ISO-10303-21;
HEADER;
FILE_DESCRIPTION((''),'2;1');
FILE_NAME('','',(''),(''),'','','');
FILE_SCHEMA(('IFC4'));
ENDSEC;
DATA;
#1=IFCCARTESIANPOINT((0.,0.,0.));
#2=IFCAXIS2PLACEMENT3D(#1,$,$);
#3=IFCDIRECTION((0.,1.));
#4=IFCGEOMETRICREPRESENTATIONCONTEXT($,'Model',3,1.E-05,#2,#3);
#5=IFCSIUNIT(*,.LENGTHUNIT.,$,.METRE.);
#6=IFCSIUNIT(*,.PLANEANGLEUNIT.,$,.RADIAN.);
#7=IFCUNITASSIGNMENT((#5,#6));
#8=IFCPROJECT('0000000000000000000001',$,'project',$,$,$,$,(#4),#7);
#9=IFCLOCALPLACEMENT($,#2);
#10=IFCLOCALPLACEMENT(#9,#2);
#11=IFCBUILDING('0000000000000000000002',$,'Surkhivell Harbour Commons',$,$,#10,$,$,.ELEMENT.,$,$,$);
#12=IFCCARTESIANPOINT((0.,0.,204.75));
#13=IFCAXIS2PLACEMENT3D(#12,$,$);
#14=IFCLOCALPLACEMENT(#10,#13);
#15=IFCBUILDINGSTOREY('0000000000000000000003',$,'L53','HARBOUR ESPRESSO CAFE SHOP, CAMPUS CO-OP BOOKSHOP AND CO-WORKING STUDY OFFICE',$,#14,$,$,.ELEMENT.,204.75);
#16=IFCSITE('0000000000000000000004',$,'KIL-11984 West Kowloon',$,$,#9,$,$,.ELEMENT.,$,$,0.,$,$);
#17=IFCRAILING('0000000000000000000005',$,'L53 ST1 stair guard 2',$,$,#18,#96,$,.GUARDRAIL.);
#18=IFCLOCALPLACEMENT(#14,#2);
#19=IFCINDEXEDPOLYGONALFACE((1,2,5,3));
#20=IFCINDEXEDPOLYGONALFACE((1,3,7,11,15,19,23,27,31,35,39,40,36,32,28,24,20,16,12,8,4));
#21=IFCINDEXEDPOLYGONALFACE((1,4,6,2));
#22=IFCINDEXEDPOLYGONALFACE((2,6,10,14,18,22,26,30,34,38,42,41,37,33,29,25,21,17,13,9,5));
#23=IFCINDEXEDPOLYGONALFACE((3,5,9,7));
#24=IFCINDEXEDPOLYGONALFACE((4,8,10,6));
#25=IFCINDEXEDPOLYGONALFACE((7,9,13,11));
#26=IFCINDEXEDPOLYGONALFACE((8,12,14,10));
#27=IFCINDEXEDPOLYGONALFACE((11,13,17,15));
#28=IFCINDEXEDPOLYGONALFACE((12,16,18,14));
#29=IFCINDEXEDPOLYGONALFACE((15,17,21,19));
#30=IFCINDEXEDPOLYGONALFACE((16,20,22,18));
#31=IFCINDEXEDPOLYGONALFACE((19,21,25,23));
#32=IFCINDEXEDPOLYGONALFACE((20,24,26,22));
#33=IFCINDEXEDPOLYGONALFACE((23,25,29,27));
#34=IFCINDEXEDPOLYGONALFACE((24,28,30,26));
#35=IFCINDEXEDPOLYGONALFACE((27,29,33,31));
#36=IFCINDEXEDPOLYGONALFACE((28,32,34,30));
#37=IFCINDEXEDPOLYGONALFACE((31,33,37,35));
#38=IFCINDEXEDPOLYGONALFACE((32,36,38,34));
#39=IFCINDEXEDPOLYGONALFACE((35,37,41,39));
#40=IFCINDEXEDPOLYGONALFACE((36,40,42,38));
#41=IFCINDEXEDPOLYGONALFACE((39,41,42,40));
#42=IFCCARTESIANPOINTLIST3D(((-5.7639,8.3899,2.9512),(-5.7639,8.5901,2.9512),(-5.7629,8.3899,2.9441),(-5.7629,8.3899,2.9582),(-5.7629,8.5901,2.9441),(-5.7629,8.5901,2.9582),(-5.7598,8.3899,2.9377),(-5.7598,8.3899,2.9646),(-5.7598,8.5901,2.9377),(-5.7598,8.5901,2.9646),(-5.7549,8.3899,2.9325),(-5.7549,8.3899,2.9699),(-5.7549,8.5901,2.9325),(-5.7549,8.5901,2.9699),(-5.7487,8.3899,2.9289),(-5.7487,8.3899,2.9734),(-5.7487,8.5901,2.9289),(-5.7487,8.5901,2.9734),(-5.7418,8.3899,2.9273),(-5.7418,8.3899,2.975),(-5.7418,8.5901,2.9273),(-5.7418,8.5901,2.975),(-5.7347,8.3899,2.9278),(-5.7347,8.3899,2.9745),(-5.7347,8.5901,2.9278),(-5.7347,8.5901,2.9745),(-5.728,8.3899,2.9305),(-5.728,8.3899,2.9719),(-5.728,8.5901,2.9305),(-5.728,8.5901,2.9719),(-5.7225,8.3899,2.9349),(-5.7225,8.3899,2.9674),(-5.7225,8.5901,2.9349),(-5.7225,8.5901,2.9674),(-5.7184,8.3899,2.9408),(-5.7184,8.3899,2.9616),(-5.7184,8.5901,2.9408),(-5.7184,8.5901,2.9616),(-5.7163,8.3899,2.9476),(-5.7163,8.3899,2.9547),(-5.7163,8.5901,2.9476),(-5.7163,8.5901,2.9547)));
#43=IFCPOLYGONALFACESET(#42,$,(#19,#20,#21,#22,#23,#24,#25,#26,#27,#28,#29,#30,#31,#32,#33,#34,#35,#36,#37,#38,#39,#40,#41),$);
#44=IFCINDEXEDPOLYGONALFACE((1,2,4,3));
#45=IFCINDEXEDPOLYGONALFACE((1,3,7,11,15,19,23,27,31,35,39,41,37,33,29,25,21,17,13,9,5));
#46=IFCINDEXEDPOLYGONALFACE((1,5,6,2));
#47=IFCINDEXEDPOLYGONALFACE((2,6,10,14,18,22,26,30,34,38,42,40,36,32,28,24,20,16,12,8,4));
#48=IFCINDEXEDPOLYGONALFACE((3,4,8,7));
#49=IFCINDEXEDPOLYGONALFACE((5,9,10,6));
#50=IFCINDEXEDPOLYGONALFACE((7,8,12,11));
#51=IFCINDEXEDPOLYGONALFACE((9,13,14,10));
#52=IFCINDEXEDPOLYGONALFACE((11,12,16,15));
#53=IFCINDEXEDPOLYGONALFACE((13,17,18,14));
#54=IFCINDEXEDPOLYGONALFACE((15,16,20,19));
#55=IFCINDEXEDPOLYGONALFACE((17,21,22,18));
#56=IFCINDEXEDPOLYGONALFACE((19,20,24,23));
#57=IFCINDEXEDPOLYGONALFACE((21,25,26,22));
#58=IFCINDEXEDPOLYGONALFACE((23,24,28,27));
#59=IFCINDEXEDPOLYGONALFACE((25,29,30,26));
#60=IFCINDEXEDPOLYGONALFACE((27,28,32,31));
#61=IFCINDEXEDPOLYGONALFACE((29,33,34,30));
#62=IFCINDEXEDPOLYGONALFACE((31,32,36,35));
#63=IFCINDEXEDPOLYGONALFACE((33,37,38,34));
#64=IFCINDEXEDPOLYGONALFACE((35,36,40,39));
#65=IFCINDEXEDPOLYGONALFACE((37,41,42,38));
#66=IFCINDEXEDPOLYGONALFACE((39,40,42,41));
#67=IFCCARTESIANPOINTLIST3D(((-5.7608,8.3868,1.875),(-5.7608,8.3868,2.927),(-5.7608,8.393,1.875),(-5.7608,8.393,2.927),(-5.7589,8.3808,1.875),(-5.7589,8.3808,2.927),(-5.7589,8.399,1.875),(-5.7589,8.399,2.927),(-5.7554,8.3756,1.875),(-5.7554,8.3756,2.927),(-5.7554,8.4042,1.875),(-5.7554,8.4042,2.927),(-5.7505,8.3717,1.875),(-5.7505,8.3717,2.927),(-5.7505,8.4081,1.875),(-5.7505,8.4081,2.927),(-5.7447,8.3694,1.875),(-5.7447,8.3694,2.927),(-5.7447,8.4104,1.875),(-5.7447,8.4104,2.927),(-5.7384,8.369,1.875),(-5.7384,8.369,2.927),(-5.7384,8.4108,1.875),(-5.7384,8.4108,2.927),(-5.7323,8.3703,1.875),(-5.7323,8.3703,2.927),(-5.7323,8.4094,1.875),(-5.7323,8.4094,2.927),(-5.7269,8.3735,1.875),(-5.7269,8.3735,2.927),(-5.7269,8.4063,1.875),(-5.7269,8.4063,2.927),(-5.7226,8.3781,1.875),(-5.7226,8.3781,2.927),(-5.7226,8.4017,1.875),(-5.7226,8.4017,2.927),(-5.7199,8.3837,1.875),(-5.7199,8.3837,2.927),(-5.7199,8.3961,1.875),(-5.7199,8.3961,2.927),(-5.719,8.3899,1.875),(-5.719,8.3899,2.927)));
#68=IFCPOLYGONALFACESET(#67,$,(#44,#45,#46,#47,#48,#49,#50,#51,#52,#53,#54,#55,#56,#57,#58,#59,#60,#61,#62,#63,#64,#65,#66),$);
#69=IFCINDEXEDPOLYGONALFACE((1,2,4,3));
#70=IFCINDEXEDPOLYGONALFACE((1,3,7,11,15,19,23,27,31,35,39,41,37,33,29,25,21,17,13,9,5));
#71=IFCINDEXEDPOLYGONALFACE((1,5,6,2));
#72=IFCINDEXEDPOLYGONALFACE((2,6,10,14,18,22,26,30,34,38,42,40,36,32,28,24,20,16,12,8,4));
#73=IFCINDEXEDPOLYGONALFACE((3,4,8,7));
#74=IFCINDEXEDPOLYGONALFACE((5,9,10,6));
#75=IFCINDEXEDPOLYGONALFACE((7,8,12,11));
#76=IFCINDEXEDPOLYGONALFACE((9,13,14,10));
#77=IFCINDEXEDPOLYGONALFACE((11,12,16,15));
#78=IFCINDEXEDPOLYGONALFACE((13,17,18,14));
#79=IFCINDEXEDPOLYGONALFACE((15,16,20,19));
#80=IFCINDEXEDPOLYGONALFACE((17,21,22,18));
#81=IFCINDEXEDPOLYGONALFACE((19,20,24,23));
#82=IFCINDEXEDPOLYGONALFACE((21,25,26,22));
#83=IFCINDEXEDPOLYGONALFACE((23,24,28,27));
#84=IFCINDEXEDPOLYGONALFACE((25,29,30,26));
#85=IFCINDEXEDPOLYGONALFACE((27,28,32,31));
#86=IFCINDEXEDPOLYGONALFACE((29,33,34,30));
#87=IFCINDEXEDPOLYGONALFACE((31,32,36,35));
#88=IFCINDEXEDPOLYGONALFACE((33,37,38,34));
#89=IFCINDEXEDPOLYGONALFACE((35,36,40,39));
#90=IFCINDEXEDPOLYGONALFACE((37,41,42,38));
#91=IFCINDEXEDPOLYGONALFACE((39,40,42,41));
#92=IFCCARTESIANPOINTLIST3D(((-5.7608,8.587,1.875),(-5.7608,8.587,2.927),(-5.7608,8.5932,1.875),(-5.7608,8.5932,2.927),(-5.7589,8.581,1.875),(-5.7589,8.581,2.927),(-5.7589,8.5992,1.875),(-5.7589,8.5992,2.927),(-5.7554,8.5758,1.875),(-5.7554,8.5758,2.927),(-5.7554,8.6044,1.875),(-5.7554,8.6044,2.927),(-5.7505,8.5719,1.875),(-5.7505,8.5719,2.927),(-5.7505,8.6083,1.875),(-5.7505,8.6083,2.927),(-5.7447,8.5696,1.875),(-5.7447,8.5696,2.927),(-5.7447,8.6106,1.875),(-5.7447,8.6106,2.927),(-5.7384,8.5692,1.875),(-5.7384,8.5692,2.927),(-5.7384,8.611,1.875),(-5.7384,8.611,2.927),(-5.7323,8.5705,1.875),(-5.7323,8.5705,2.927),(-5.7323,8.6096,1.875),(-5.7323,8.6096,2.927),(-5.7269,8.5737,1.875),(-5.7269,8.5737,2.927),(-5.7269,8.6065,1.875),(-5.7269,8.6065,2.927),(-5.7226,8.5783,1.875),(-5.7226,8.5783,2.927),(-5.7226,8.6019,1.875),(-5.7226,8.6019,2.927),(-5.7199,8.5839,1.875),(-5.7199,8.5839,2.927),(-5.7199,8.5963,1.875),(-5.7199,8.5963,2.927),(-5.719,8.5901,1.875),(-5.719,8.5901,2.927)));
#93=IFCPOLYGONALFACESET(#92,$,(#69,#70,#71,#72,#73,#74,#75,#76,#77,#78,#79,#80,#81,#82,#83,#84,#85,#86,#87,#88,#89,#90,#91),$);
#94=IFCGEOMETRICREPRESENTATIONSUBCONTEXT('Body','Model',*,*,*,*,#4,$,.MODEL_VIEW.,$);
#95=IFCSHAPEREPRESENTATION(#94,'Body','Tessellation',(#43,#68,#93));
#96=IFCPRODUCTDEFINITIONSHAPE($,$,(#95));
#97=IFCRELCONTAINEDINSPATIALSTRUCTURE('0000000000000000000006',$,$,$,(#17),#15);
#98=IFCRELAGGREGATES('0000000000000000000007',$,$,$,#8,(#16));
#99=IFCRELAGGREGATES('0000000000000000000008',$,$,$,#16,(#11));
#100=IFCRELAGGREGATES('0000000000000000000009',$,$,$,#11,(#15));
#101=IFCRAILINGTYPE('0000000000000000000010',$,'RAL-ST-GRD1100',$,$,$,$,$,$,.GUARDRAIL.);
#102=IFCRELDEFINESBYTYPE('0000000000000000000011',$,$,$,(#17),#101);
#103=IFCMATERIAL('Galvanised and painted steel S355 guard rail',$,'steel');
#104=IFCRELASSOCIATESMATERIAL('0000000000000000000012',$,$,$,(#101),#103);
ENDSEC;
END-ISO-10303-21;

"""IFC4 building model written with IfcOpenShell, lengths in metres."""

from ifc_helpers import new_model, si_unit, direction, frame, origin, origin_2d, place, context, subcontext, project, spatial, circle, extrude, material, type_object, element, save


model = new_model("IFC4")

# Units and contexts
model_context = context("Model", 3, precision=1e-05, world=origin(), true_north=direction((0.0, 1.0)))
body_context = subcontext(model_context, "Body", "Model", "MODEL_VIEW")
ifc_project = project(units=[si_unit("LENGTHUNIT", "METRE"), si_unit("PLANEANGLEUNIT", "RADIAN")], contexts=[model_context])

# Site, building, storey
site_placement = place(None, origin())
site = spatial("IfcSite", under=ifc_project, at=site_placement, Name="KIL-11984 West Kowloon", CompositionType="ELEMENT", RefElevation=0.0)
building_placement = place(site_placement, origin())
building = spatial("IfcBuilding", under=site, at=building_placement, Name="Surkhivell Harbour Commons", CompositionType="ELEMENT")
storey_placement = place(building_placement, frame((0.0, 0.0, 204.75)))
storey = spatial("IfcBuildingStorey", under=building, at=storey_placement, Name="L53", Description="HARBOUR ESPRESSO CAFE SHOP, CAMPUS CO-OP BOOKSHOP AND CO-WORKING STUDY OFFICE", CompositionType="ELEMENT", Elevation=204.75)

# Railing
ifc_material_1 = material(Name="Galvanised and painted steel S355 guard rail", Category="steel")
railing_type_1 = type_object("IfcRailingType", Name="RAL-ST-GRD1100", PredefinedType="GUARDRAIL", material=ifc_material_1)
railing_1_placement = place(storey_placement, frame((-5.74, 8.3899, 1.875)))
element("IfcRailing", 1, at=railing_1_placement, inside=storey, type_object=railing_type_1, Name="L53 ST1 stair guard 2", PredefinedType="GUARDRAIL", context=body_context, shape_type="SweptSolid", body=[
    extrude(circle(Radius=0.0239, at=origin_2d()), frame((0.0, 0.0, 1.0762), z_axis=(0.0, 1.0, 0.0), x_axis=(-1.0, 0.0, 0.0)), (0.0, 0.0, 1.0), 0.2002),
    extrude(circle(Radius=0.021, at=origin_2d()), origin(), (0.0, 0.0, 1.0), 1.052),
    extrude(circle(Radius=0.021, at=origin_2d()), frame((0.0, 0.2002, 0.0)), (0.0, 0.0, 1.0), 1.052),
])

save(model, "model.ifc")
